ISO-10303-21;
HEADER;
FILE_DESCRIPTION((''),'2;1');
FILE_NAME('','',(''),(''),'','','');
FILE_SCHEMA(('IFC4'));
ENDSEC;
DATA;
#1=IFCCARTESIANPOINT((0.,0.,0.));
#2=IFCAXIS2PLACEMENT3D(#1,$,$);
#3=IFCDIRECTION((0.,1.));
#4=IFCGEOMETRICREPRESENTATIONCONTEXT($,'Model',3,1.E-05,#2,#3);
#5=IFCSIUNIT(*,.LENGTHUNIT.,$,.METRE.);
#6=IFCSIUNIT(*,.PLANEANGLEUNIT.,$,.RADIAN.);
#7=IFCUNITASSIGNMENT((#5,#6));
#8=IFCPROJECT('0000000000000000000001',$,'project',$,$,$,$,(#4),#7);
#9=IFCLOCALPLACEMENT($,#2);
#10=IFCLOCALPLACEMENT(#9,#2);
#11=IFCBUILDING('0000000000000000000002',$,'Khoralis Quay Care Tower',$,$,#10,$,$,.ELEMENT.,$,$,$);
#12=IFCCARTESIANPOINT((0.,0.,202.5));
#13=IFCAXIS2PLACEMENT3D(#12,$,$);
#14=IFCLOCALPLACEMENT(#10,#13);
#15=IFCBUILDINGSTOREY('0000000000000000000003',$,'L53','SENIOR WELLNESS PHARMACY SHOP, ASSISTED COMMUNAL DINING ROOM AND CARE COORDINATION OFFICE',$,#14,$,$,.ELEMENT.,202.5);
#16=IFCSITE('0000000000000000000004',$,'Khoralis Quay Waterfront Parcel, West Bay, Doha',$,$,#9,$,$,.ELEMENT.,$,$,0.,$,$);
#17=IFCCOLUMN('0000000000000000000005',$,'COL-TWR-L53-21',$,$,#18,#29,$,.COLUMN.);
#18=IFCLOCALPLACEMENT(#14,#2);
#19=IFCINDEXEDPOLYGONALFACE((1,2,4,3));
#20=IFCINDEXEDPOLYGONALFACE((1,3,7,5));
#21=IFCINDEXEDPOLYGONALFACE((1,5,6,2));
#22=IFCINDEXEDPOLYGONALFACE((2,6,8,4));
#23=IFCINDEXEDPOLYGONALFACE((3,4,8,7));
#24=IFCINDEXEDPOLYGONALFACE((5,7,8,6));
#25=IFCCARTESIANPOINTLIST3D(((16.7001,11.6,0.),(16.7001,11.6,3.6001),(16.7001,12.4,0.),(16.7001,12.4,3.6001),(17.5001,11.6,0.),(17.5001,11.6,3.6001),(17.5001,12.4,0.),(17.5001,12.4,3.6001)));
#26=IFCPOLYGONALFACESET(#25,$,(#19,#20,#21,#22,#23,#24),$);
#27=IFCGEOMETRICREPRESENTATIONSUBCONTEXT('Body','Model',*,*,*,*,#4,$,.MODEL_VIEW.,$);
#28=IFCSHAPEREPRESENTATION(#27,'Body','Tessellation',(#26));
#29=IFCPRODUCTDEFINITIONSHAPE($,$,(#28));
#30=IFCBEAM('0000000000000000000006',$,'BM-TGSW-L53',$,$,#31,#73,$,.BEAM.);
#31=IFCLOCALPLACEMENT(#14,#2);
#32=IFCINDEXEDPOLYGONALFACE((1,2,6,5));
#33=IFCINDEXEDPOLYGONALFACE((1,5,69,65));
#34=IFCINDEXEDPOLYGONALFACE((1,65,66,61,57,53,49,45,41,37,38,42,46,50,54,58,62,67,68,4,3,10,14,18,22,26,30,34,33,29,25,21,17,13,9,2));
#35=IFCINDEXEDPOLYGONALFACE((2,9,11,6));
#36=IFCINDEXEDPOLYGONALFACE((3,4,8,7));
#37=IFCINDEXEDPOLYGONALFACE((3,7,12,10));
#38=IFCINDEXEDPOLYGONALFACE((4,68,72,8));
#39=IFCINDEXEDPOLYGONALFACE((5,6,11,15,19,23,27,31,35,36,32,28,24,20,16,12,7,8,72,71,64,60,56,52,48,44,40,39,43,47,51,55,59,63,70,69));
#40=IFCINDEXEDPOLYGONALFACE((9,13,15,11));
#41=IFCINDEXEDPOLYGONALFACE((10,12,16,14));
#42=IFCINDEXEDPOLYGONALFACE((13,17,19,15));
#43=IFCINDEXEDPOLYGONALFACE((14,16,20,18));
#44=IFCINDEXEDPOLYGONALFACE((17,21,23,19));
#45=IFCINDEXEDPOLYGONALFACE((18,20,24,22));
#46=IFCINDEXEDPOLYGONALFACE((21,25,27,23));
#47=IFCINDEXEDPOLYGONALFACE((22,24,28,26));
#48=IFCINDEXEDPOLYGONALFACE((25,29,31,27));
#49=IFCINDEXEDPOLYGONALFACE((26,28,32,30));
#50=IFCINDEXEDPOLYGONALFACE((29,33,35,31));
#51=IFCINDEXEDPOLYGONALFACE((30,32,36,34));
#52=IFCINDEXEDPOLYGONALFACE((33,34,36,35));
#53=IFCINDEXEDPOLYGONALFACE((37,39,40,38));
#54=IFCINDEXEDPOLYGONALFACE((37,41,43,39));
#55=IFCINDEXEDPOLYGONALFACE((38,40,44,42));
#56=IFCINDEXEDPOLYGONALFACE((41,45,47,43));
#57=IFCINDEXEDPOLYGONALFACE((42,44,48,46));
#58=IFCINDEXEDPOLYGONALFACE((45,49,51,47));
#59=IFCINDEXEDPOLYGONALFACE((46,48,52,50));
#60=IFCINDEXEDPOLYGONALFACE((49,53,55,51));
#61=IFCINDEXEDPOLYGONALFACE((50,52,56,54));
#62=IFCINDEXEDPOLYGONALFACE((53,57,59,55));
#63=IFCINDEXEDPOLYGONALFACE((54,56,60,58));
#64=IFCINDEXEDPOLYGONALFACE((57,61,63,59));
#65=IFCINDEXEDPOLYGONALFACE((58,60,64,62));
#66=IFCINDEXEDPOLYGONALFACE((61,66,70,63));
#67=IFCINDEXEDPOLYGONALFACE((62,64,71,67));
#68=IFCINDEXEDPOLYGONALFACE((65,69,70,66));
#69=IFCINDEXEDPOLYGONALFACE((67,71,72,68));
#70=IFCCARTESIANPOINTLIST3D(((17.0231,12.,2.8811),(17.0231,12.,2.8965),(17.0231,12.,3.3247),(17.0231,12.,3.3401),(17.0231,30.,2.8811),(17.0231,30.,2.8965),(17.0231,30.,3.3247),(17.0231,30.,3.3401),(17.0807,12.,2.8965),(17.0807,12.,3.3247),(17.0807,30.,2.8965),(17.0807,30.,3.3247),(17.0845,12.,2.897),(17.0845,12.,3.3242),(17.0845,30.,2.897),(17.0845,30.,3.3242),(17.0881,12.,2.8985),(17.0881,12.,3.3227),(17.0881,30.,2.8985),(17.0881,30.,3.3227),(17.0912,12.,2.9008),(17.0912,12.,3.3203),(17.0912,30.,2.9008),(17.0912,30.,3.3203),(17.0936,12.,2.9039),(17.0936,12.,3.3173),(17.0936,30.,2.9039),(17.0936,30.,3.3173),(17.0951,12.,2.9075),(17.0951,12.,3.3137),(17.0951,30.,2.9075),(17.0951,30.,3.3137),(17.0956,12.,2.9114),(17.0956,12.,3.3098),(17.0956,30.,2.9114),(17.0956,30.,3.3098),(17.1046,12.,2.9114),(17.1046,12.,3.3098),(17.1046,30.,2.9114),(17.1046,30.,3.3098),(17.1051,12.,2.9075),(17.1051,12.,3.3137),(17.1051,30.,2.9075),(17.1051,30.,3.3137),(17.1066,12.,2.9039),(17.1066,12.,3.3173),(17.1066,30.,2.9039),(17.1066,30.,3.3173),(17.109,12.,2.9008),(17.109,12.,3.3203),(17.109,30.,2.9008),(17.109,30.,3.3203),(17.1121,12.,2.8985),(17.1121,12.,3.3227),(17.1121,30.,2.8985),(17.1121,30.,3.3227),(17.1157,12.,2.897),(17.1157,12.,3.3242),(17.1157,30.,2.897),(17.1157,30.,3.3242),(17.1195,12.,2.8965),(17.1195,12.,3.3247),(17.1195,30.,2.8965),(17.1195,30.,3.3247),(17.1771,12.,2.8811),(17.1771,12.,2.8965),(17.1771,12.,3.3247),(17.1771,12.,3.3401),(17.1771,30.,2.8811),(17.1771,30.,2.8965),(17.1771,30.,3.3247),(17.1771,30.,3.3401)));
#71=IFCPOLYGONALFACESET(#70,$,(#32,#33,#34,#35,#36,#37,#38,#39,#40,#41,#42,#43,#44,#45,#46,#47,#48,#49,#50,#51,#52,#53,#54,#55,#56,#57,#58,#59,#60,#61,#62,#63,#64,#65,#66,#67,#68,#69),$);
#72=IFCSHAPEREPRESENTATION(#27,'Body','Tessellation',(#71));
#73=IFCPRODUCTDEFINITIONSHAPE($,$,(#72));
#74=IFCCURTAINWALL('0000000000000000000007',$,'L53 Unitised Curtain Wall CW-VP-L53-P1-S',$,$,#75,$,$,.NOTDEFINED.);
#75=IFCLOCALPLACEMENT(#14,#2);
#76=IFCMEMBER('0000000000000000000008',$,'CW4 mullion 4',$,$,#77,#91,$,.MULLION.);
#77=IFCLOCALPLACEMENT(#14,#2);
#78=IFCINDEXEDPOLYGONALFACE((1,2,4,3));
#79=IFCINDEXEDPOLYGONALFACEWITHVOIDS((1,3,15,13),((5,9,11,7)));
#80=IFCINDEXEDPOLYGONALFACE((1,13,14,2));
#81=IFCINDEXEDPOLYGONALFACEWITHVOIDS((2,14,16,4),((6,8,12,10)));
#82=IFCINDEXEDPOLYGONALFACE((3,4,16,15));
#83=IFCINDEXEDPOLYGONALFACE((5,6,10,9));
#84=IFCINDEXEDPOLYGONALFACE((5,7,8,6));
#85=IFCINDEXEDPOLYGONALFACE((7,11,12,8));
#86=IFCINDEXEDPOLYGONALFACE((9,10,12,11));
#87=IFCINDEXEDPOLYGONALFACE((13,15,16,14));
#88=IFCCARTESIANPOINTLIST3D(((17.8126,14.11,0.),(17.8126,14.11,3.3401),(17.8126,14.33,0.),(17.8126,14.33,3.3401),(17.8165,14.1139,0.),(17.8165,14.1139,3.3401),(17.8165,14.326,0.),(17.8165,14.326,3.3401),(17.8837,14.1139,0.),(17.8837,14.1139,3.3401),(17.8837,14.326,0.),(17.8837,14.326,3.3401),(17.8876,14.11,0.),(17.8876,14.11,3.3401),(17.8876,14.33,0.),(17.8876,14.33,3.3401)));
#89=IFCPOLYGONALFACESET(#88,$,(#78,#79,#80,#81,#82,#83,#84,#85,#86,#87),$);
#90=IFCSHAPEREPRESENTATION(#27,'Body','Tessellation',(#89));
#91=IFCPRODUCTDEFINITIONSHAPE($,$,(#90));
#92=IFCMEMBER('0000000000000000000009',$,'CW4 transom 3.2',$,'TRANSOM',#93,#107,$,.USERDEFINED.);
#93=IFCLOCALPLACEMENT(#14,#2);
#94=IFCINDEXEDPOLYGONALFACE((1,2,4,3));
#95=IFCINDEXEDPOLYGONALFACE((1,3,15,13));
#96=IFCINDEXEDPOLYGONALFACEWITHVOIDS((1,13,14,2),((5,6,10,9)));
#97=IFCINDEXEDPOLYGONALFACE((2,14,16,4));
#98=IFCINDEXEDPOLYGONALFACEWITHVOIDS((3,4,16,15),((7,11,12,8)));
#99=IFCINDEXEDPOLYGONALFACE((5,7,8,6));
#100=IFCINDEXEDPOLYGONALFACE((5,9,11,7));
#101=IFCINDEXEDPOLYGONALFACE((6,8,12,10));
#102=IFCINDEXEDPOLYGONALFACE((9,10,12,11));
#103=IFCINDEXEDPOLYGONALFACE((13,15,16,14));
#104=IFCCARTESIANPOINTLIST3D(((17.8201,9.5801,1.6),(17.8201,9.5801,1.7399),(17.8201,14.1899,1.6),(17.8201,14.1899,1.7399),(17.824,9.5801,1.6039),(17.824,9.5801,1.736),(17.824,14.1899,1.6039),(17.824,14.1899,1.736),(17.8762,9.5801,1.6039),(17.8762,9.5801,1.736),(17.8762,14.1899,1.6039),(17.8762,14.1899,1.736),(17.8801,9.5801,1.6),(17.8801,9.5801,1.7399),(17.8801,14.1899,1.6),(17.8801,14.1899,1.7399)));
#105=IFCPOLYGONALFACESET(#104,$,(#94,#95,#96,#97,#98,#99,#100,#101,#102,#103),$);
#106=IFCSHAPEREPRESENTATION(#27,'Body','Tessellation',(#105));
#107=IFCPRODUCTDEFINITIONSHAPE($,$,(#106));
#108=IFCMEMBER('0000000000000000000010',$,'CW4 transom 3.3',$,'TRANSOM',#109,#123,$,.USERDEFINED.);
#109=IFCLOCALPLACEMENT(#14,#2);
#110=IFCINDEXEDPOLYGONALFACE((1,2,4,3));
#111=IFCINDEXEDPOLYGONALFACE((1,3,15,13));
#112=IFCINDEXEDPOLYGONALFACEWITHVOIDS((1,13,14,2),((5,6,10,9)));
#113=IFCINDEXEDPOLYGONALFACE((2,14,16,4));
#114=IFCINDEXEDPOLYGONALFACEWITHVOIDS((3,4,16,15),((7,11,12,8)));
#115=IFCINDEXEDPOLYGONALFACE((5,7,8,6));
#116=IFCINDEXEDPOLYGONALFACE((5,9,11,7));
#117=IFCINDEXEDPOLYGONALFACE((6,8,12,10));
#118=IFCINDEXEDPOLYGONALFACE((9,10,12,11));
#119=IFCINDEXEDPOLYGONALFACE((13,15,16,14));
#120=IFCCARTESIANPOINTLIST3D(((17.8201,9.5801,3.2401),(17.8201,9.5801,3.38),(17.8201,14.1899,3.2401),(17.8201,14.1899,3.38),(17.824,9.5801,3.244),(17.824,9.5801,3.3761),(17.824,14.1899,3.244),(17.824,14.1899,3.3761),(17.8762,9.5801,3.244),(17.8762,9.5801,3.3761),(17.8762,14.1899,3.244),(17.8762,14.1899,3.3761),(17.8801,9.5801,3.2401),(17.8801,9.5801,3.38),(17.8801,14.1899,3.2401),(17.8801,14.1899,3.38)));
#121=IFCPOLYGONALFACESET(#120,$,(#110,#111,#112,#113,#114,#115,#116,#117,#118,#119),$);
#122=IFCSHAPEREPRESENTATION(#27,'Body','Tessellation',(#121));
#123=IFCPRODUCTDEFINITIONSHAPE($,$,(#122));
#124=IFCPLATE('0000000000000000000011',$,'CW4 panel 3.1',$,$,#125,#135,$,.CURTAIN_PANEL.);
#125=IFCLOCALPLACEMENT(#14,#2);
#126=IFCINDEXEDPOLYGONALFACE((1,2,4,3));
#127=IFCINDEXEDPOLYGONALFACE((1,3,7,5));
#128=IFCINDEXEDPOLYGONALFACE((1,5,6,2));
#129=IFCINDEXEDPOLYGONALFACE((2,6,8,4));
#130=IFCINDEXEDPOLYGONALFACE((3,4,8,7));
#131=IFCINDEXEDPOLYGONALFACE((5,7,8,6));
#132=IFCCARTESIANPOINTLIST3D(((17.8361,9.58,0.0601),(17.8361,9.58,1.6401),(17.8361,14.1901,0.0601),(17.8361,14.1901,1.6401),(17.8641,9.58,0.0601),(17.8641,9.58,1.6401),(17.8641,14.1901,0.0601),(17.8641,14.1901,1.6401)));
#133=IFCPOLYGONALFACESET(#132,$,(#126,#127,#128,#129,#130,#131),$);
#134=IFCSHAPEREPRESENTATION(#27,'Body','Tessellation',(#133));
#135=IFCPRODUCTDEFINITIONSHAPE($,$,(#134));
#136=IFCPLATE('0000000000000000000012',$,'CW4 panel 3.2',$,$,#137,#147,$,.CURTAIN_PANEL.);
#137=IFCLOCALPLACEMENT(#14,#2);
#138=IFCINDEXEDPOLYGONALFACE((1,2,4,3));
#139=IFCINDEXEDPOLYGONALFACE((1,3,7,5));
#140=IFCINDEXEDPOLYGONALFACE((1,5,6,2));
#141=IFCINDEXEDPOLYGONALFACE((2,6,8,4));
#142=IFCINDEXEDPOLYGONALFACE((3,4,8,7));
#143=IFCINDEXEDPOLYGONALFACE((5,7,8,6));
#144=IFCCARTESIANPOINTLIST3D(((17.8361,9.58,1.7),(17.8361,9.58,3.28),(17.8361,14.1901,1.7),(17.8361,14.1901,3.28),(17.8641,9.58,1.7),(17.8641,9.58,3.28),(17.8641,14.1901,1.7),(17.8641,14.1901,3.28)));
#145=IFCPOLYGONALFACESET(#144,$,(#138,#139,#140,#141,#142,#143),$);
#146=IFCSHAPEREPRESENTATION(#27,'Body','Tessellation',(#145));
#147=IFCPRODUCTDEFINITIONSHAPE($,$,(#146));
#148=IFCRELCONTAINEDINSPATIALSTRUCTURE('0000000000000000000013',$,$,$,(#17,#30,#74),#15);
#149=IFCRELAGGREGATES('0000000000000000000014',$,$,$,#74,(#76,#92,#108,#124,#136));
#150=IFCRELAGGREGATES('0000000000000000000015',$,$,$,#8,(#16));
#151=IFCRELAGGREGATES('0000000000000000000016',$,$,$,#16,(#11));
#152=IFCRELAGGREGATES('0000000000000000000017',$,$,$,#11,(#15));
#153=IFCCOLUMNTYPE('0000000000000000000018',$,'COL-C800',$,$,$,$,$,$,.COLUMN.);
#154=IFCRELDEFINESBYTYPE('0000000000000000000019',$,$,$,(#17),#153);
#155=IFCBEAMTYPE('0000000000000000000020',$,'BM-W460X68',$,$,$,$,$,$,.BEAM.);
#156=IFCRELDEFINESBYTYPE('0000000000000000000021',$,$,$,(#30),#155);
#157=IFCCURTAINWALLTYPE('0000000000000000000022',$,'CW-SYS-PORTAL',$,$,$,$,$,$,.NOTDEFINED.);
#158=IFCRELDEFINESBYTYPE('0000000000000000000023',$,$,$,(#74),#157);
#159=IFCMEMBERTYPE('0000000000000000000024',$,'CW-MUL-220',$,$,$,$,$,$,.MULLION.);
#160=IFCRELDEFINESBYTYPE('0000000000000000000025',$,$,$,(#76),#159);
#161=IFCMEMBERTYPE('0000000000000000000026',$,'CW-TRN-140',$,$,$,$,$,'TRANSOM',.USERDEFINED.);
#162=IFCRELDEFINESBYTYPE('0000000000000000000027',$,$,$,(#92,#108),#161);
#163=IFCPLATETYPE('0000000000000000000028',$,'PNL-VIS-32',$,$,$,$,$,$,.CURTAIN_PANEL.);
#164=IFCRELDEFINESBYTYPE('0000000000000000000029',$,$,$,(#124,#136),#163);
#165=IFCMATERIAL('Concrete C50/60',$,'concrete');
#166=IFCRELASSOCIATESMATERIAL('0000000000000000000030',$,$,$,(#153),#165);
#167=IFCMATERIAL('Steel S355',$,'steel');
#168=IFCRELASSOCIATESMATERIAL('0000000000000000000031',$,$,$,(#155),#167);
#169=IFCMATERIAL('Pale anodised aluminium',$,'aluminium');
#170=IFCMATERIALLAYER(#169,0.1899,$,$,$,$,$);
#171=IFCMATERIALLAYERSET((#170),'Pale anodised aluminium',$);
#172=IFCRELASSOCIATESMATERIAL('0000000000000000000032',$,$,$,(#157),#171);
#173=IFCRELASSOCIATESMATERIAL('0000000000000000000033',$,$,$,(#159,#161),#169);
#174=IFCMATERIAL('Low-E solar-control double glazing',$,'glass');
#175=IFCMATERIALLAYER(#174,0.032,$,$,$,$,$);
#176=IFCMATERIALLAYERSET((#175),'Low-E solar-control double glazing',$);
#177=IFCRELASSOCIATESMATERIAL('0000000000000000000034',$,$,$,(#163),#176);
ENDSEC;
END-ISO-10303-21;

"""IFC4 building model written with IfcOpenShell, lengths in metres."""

from ifc_helpers import new_model, si_unit, direction, frame, origin, origin_2d, place, context, subcontext, project, spatial, rectangle, hollow_rectangle, i_section, extrude, source, transform, mapped, material, layer, layer_set, material_profile, profile_set, type_object, element, aggregate, save


model = new_model("IFC4")

# Units and contexts
model_context = context("Model", 3, precision=1e-05, world=origin(), true_north=direction((0.0, 1.0)))
body_context = subcontext(model_context, "Body", "Model", "MODEL_VIEW")
ifc_project = project(units=[si_unit("LENGTHUNIT", "METRE"), si_unit("PLANEANGLEUNIT", "RADIAN")], contexts=[model_context])

# Site, building, storey
site_placement = place(None, origin())
site = spatial("IfcSite", under=ifc_project, at=site_placement, Name="Khoralis Quay Waterfront Parcel, West Bay, Doha", CompositionType="ELEMENT", RefElevation=0.0)
building_placement = place(site_placement, origin())
building = spatial("IfcBuilding", under=site, at=building_placement, Name="Khoralis Quay Care Tower", CompositionType="ELEMENT")
storey_placement = place(building_placement, frame((0.0, 0.0, 202.5)))
storey = spatial("IfcBuildingStorey", under=building, at=storey_placement, Name="L53", Description="SENIOR WELLNESS PHARMACY SHOP, ASSISTED COMMUNAL DINING ROOM AND CARE COORDINATION OFFICE", CompositionType="ELEMENT", Elevation=202.5)

# Column
ifc_material_1 = material(Name="Concrete C50/60", Category="concrete")
ifc_material_profile_1 = material_profile(ifc_material_1, rectangle(XDim=0.8, YDim=0.8, at=origin_2d()), Name="Concrete C50/60")
ifc_profile_set_1 = profile_set([ifc_material_profile_1], Name="Concrete C50/60")
column_type = type_object("IfcColumnType", Name="COL-C800", PredefinedType="COLUMN", material=ifc_profile_set_1)
shared_shape_1 = source(origin(), body_context, "Body", "SweptSolid", [
    extrude(rectangle(XDim=0.8, YDim=0.8, at=origin_2d()), origin(), (0.0, 0.0, 1.0), 3.6001),
])
column_placement = place(storey_placement, frame((17.1001, 12.0, 0.0), z_axis=(0.0, 0.0, 1.0), x_axis=(1.0, 0.0, 0.0)))
element("IfcColumn", 1, at=column_placement, inside=storey, type_object=column_type, Name="COL-TWR-L53-21", PredefinedType="COLUMN", context=body_context, shape_type="MappedRepresentation", body=[
    mapped(shared_shape_1, transform((0.0, 0.0, 0.0), scale=1.0)),
])

# Beam
ifc_material_2 = material(Name="Steel S355", Category="steel")
ifc_material_profile_2 = material_profile(ifc_material_2, i_section(OverallWidth=0.1541, OverallDepth=0.459, WebThickness=0.009, FlangeThickness=0.0154, FilletRadius=0.0149, at=origin_2d()), Name="Steel S355")
ifc_profile_set_2 = profile_set([ifc_material_profile_2], Name="Steel S355")
beam_type = type_object("IfcBeamType", Name="BM-W460X68", PredefinedType="BEAM", material=ifc_profile_set_2)
shared_shape_2 = source(origin(), body_context, "Body", "SweptSolid", [
    extrude(i_section(OverallWidth=0.1541, OverallDepth=0.459, WebThickness=0.009, FlangeThickness=0.0154, FilletRadius=0.0149, at=origin_2d()), origin(), (0.0, 0.0, 1.0), 18.0),
])
beam_placement = place(storey_placement, frame((17.1001, 12.0, 3.1106), z_axis=(0.0, 1.0, 0.0), x_axis=(-1.0, 0.0, 0.0)))
element("IfcBeam", 2, at=beam_placement, inside=storey, type_object=beam_type, Name="BM-TGSW-L53", PredefinedType="BEAM", context=body_context, shape_type="MappedRepresentation", body=[
    mapped(shared_shape_2, transform((0.0, 0.0, 0.0), scale=1.0)),
])

# Curtain wall, members, plates
ifc_material_3 = material(Name="Pale anodised aluminium", Category="aluminium")
ifc_layer_1 = layer(ifc_material_3, 0.1899)
ifc_layer_set_1 = layer_set([ifc_layer_1], Name="Pale anodised aluminium")
curtain_wall_type = type_object("IfcCurtainWallType", Name="CW-SYS-PORTAL", PredefinedType="NOTDEFINED", material=ifc_layer_set_1)
curtain_wall_placement = place(storey_placement, origin())
curtain_wall = element("IfcCurtainWall", 3, at=curtain_wall_placement, inside=storey, type_object=curtain_wall_type, Name="L53 Unitised Curtain Wall CW-VP-L53-P1-S", PredefinedType="NOTDEFINED")
ifc_material_profile_3 = material_profile(ifc_material_3, hollow_rectangle(XDim=0.075, YDim=0.22, WallThickness=0.0039, at=origin_2d()), Name="Pale anodised aluminium")
ifc_profile_set_3 = profile_set([ifc_material_profile_3], Name="Pale anodised aluminium")
member_type_1 = type_object("IfcMemberType", Name="CW-MUL-220", PredefinedType="MULLION", material=ifc_profile_set_3)
shared_shape_3 = source(origin(), body_context, "Body", "SweptSolid", [
    extrude(hollow_rectangle(XDim=0.075, YDim=0.22, WallThickness=0.0039, at=origin_2d()), origin(), (0.0, 0.0, 1.0), 3.3401),
])
member_1_placement = place(storey_placement, frame((17.8501, 14.22, 0.0), z_axis=(0.0, 0.0, 1.0), x_axis=(-1.0, 0.0, 0.0)))
member_1 = element("IfcMember", 4, at=member_1_placement, type_object=member_type_1, Name="CW4 mullion 4", PredefinedType="MULLION", context=body_context, shape_type="MappedRepresentation", body=[
    mapped(shared_shape_3, transform((0.0, 0.0, 0.0), scale=1.0)),
])
ifc_material_profile_4 = material_profile(ifc_material_3, hollow_rectangle(XDim=0.0601, YDim=0.1399, WallThickness=0.0039, at=origin_2d()), Name="Pale anodised aluminium")
ifc_profile_set_4 = profile_set([ifc_material_profile_4], Name="Pale anodised aluminium")
member_type_2 = type_object("IfcMemberType", Name="CW-TRN-140", ElementType="TRANSOM", PredefinedType="USERDEFINED", material=ifc_profile_set_4)
shared_shape_4 = source(origin(), body_context, "Body", "SweptSolid", [
    extrude(hollow_rectangle(XDim=0.0601, YDim=0.1399, WallThickness=0.0039, at=origin_2d()), origin(), (0.0, 0.0, 1.0), 4.6099),
])
member_2_placement = place(storey_placement, frame((17.8501, 9.5801, 1.6699), z_axis=(0.0, 1.0, 0.0), x_axis=(-1.0, 0.0, 0.0)))
member_2 = element("IfcMember", 5, at=member_2_placement, type_object=member_type_2, Name="CW4 transom 3.2", ObjectType="TRANSOM", PredefinedType="USERDEFINED", context=body_context, shape_type="MappedRepresentation", body=[
    mapped(shared_shape_4, transform((0.0, 0.0, 0.0), scale=1.0)),
])
member_3_placement = place(storey_placement, frame((17.8501, 9.5801, 3.3101), z_axis=(0.0, 1.0, 0.0), x_axis=(-1.0, 0.0, 0.0)))
member_3 = element("IfcMember", 6, at=member_3_placement, type_object=member_type_2, Name="CW4 transom 3.3", ObjectType="TRANSOM", PredefinedType="USERDEFINED", context=body_context, shape_type="MappedRepresentation", body=[
    mapped(shared_shape_4, transform((0.0, 0.0, 0.0), scale=1.0)),
])
ifc_material_4 = material(Name="Low-E solar-control double glazing", Category="glass")
ifc_layer_2 = layer(ifc_material_4, 0.032)
ifc_layer_set_2 = layer_set([ifc_layer_2], Name="Low-E solar-control double glazing")
plate_type = type_object("IfcPlateType", Name="PNL-VIS-32", PredefinedType="CURTAIN_PANEL", material=ifc_layer_set_2)
shared_shape_5 = source(origin(), body_context, "Body", "SweptSolid", [
    extrude(rectangle(XDim=4.6101, YDim=0.0281, at=origin_2d()), origin(), (0.0, 0.0, 1.0), 1.5801),
])
plate_1_placement = place(storey_placement, frame((17.8501, 11.885, 0.0601), z_axis=(0.0, 0.0, 1.0), x_axis=(0.0, 1.0, 0.0)))
plate_1 = element("IfcPlate", 7, at=plate_1_placement, type_object=plate_type, Name="CW4 panel 3.1", PredefinedType="CURTAIN_PANEL", context=body_context, shape_type="MappedRepresentation", body=[
    mapped(shared_shape_5, transform((0.0, 0.0, 0.0), scale=1.0)),
])
plate_2_placement = place(storey_placement, frame((17.8501, 11.885, 1.7), z_axis=(0.0, 0.0, 1.0), x_axis=(0.0, 1.0, 0.0)))
plate_2 = element("IfcPlate", 8, at=plate_2_placement, type_object=plate_type, Name="CW4 panel 3.2", PredefinedType="CURTAIN_PANEL", context=body_context, shape_type="MappedRepresentation", body=[
    mapped(shared_shape_5, transform((0.0, 0.0, 0.0), scale=1.0)),
])
aggregate(curtain_wall, [member_1, member_2, member_3, plate_1, plate_2])

save(model, "model.ifc")
